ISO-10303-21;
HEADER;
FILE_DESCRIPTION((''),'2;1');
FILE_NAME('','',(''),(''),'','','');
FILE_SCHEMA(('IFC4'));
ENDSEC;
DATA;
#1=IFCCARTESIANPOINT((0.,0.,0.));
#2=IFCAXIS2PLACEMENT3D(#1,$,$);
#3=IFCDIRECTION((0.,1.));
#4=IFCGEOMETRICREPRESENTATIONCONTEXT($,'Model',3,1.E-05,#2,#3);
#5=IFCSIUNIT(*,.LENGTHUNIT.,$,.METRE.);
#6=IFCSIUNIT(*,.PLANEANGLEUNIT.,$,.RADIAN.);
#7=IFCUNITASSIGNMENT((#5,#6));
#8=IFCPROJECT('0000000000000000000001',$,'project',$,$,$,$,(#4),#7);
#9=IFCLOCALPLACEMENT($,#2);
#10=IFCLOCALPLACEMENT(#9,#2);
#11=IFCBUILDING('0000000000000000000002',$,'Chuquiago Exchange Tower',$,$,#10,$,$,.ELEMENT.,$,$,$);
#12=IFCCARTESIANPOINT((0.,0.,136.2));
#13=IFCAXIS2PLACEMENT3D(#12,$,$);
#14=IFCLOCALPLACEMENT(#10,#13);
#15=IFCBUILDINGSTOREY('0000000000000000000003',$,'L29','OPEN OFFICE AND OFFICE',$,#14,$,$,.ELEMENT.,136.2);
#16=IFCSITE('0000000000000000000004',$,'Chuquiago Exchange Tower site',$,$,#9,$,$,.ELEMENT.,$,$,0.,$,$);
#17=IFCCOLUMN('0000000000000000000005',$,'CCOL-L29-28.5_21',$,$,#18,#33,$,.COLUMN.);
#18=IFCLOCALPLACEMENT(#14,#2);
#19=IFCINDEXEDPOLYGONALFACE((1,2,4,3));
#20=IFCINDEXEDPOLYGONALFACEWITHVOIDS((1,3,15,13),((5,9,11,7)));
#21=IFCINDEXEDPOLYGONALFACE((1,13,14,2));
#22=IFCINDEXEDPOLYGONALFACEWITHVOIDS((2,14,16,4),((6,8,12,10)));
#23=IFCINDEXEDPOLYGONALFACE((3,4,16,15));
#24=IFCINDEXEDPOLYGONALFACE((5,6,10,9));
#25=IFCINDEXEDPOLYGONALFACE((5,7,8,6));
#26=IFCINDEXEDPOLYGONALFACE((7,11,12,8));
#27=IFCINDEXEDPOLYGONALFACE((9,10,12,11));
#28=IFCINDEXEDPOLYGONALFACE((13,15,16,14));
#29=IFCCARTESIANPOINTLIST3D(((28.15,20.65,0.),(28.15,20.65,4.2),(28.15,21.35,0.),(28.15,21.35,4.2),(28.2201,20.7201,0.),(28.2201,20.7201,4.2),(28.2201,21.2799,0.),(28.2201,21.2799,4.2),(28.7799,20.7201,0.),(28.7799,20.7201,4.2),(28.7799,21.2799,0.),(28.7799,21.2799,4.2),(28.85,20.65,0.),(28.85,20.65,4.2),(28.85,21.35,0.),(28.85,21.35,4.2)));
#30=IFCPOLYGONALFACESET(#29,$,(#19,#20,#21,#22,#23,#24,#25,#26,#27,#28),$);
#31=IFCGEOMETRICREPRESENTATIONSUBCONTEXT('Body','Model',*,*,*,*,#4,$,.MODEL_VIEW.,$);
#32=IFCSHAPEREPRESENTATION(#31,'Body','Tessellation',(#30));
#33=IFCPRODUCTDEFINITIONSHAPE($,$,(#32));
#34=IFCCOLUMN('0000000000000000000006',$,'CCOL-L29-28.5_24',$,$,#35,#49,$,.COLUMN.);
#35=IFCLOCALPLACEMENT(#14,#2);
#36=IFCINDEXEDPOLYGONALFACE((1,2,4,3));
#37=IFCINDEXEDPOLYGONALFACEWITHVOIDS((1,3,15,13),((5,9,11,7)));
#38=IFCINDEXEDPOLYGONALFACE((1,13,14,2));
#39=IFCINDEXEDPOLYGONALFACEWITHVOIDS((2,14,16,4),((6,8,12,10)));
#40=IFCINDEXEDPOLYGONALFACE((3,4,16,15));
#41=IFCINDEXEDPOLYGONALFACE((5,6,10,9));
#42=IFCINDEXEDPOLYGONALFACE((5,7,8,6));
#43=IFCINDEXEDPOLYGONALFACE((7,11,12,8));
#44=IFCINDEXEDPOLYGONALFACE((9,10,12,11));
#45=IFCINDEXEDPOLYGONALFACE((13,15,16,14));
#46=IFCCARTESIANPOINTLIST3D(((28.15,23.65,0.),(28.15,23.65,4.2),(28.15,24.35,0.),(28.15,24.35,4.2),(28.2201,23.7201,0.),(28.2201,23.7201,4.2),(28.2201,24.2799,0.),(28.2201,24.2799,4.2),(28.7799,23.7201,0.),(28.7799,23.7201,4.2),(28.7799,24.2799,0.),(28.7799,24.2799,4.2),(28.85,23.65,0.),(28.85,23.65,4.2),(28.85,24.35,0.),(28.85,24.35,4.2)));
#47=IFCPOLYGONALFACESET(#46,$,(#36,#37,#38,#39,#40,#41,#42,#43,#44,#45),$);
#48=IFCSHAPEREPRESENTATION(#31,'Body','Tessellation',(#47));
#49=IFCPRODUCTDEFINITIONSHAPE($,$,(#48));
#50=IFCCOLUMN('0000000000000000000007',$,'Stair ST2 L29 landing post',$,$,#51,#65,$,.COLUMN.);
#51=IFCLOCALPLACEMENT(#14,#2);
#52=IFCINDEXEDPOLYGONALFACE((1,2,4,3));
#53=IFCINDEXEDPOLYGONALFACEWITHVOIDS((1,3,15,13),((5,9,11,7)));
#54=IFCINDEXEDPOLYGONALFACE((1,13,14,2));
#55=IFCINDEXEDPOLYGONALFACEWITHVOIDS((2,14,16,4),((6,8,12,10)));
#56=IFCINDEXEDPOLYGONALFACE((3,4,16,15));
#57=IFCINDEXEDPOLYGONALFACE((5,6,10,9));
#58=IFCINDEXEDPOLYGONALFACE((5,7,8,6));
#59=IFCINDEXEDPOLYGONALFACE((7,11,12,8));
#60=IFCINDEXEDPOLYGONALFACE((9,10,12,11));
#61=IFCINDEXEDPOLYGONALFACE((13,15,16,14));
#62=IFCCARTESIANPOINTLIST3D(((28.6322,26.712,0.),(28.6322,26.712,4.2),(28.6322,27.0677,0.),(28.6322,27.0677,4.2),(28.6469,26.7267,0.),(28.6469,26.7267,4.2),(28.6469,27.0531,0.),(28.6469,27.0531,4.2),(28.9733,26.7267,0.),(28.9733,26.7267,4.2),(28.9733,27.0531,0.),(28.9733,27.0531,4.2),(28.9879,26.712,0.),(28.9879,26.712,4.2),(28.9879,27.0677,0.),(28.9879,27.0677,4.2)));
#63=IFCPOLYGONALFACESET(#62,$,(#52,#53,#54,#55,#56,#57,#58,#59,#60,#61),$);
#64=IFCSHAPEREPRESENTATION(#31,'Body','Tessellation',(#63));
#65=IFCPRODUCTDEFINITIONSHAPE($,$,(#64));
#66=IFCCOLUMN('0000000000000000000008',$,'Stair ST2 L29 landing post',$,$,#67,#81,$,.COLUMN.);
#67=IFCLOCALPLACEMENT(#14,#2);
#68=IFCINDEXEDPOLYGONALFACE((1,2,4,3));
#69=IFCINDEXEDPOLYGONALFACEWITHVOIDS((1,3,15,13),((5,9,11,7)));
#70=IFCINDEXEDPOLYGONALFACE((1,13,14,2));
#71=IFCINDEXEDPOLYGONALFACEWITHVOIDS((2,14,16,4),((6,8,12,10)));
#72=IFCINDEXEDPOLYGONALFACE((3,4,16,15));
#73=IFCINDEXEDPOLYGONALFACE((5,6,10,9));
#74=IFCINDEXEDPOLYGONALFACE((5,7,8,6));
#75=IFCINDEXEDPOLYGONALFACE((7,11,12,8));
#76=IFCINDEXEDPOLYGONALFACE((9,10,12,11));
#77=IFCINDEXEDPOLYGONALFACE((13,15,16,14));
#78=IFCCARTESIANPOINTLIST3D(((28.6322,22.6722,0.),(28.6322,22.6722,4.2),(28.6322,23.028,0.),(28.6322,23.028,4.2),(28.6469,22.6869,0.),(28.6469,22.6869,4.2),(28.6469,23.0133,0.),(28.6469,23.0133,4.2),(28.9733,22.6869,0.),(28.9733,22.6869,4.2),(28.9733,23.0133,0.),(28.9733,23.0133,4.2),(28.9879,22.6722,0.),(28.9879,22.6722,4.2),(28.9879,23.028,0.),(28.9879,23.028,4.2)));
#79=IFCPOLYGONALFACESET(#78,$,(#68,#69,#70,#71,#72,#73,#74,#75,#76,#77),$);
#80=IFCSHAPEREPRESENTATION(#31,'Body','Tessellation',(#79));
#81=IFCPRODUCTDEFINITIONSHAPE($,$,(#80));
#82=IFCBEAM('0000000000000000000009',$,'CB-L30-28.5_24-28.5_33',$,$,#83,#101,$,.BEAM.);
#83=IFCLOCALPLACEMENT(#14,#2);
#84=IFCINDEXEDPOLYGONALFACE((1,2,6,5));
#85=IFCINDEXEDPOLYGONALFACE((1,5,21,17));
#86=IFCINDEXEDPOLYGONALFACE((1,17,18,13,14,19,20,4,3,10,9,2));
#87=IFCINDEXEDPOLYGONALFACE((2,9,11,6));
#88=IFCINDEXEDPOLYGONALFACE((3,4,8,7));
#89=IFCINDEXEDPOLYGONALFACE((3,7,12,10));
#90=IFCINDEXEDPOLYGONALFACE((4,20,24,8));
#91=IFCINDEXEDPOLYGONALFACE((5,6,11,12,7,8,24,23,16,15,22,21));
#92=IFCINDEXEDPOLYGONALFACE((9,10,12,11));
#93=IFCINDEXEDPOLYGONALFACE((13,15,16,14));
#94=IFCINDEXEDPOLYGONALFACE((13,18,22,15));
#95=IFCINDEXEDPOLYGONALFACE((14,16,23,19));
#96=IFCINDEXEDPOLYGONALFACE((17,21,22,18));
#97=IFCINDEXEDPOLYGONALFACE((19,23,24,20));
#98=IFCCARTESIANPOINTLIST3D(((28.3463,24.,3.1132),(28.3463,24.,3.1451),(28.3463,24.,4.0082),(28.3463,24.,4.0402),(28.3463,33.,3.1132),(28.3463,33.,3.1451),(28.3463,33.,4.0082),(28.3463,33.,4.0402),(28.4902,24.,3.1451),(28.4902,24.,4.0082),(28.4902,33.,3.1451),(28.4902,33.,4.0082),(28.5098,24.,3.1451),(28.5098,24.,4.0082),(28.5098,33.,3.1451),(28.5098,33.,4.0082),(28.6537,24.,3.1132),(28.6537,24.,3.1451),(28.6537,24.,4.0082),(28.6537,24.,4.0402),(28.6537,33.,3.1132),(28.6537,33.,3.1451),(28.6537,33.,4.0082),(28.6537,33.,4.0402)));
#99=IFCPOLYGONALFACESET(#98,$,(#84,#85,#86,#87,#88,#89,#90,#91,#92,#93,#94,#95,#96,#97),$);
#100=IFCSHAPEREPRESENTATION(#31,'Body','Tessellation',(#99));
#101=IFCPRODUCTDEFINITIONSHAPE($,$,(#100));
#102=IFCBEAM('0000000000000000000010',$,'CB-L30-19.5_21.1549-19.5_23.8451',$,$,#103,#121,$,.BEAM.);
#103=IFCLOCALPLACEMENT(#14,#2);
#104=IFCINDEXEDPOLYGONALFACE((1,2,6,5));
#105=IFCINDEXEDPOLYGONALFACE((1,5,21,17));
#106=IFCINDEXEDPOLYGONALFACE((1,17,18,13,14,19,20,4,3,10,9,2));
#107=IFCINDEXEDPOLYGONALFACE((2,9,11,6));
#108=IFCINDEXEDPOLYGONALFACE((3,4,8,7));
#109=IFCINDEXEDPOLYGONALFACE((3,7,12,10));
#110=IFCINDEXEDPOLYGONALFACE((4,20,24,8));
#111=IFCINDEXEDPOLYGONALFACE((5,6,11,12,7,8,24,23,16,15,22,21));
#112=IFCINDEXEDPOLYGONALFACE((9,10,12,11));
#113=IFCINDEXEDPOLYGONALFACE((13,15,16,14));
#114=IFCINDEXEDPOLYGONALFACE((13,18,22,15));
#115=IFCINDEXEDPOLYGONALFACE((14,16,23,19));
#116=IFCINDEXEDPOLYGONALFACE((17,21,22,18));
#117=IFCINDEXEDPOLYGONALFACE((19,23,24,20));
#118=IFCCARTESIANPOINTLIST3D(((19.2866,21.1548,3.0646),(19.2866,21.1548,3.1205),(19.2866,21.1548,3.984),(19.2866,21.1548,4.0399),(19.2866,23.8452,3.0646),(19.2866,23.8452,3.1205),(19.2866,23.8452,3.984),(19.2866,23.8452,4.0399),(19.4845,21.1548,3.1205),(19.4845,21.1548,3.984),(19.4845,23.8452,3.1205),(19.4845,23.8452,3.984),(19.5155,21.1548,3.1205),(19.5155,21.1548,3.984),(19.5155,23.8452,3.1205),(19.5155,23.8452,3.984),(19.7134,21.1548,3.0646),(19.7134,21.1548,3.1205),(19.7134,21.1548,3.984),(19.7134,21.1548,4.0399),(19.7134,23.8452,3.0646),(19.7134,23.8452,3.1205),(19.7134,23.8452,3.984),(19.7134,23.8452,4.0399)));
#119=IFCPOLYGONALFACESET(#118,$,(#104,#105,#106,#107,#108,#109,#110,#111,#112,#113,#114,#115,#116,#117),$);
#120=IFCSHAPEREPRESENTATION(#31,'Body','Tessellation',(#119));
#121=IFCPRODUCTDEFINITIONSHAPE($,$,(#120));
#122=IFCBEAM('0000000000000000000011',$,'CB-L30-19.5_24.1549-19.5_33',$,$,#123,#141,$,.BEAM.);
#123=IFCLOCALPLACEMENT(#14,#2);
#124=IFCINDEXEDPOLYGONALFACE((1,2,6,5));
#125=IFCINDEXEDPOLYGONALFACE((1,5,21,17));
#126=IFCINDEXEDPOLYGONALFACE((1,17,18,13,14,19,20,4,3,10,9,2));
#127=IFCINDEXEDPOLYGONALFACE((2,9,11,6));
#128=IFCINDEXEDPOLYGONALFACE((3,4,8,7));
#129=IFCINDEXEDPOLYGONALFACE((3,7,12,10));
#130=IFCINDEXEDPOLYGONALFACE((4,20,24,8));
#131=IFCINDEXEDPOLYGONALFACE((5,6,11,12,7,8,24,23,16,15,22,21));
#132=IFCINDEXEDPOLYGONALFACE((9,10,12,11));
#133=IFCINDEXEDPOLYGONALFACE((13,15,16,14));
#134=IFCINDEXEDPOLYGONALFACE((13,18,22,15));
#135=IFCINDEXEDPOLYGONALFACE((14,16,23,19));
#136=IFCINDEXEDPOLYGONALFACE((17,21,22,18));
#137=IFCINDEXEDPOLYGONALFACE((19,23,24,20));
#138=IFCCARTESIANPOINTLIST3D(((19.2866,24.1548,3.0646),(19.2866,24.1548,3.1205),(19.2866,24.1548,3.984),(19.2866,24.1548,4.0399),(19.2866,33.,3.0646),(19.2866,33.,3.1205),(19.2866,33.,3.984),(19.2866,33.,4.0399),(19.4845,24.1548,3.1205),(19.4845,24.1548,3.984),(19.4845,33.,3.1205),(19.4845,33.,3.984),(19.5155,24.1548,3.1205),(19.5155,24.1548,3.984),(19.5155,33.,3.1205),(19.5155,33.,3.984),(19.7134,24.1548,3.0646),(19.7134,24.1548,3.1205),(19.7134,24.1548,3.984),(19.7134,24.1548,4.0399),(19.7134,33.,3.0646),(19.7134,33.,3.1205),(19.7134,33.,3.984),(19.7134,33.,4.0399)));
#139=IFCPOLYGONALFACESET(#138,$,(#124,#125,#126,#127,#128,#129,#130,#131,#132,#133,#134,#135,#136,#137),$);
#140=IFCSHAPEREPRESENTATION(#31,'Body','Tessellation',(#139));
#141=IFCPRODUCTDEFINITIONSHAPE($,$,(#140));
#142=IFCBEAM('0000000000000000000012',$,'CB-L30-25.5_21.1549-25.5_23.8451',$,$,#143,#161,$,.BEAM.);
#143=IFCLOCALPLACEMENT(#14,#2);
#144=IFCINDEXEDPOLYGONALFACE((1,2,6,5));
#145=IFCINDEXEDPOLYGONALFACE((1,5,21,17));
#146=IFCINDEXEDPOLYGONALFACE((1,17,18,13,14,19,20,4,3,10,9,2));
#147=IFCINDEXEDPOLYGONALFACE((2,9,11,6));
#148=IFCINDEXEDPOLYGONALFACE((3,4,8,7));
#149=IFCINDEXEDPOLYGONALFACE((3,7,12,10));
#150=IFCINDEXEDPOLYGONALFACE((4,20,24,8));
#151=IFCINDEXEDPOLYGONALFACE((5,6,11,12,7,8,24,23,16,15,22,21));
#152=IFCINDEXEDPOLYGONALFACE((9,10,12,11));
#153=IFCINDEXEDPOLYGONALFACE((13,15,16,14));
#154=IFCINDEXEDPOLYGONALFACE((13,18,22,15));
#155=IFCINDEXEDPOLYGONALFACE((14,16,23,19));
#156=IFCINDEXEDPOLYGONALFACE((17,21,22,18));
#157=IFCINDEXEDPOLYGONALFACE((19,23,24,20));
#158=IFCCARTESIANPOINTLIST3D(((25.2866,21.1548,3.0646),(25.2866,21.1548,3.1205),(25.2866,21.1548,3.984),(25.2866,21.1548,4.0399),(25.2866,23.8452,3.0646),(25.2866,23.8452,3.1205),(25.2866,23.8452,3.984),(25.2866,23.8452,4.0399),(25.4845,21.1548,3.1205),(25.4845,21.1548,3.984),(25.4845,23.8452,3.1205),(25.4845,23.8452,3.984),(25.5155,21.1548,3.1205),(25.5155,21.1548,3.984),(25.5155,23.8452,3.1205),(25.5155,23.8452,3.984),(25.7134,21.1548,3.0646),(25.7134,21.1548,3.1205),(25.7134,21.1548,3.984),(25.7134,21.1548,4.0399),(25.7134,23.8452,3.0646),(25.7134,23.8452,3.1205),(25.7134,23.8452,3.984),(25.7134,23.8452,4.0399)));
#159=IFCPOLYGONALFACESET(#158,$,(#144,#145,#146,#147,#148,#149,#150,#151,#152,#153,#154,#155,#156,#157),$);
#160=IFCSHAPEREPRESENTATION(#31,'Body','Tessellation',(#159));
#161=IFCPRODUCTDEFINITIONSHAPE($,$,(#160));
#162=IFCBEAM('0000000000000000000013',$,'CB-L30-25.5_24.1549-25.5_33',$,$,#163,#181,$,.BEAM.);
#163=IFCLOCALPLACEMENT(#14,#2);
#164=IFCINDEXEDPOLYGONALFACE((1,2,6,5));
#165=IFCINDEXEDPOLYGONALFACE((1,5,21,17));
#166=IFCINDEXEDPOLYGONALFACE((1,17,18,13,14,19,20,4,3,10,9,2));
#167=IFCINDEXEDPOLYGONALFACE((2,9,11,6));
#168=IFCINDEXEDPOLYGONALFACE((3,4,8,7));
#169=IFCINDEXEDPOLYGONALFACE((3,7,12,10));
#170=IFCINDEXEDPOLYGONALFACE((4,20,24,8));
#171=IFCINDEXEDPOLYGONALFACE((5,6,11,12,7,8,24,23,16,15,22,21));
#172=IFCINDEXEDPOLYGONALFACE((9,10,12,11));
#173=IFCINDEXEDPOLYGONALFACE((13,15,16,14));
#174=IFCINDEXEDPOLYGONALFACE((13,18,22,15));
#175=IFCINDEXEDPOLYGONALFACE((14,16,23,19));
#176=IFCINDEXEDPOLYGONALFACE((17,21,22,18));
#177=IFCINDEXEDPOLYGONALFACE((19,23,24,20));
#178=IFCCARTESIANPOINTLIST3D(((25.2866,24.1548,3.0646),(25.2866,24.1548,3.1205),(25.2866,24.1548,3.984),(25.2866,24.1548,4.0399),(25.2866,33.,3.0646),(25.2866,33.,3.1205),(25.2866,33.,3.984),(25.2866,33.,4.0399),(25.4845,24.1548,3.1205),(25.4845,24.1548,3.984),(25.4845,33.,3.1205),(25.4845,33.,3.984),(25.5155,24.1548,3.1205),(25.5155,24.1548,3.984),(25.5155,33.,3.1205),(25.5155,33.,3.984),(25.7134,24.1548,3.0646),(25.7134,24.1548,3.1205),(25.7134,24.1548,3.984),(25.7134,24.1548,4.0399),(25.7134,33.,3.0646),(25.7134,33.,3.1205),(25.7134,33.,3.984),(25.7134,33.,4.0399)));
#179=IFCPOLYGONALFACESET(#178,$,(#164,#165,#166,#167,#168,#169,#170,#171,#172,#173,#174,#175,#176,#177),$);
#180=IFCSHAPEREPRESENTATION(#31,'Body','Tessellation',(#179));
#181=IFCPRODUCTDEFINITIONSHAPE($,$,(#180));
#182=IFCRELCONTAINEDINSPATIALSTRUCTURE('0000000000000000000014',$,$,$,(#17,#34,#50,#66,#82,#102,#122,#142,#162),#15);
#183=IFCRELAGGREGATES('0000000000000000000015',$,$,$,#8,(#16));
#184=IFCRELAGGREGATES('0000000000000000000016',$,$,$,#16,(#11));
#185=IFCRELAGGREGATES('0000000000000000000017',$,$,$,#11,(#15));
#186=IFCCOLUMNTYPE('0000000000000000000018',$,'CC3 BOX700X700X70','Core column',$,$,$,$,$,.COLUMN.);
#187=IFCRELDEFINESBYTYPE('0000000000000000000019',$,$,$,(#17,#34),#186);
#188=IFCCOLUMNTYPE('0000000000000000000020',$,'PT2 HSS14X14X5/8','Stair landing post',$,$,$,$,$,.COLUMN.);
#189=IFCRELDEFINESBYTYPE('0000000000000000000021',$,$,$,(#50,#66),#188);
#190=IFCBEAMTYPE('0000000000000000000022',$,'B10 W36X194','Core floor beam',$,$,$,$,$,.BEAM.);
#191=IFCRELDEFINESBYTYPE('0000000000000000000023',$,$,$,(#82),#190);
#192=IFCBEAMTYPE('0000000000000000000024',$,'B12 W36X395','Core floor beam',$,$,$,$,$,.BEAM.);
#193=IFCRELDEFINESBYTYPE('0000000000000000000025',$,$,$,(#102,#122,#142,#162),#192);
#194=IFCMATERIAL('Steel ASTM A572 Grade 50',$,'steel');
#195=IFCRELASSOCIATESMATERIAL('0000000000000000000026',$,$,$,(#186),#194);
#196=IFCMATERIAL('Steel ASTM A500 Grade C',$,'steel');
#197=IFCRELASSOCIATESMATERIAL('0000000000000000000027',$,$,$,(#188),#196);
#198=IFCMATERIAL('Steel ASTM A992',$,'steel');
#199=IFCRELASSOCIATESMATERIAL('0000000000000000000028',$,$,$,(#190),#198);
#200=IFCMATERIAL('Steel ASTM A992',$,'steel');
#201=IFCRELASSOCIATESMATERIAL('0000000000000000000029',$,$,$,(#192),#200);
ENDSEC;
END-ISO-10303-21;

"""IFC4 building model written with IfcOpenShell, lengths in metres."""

from ifc_helpers import new_model, si_unit, direction, frame, origin, origin_2d, place, context, subcontext, project, spatial, hollow_rectangle, i_section, extrude, material, material_profile, profile_set, type_object, element, save


model = new_model("IFC4")

# Units and contexts
model_context = context("Model", 3, precision=1e-05, world=origin(), true_north=direction((0.0, 1.0)))
body_context = subcontext(model_context, "Body", "Model", "MODEL_VIEW")
ifc_project = project(units=[si_unit("LENGTHUNIT", "METRE"), si_unit("PLANEANGLEUNIT", "RADIAN")], contexts=[model_context])

# Site, building, storey
site_placement = place(None, origin())
site = spatial("IfcSite", under=ifc_project, at=site_placement, Name="Chuquiago Exchange Tower site", CompositionType="ELEMENT", RefElevation=0.0)
building_placement = place(site_placement, origin())
building = spatial("IfcBuilding", under=site, at=building_placement, Name="Chuquiago Exchange Tower", CompositionType="ELEMENT")
storey_placement = place(building_placement, frame((0.0, 0.0, 136.2)))
storey = spatial("IfcBuildingStorey", under=building, at=storey_placement, Name="L29", Description="OPEN OFFICE AND OFFICE", CompositionType="ELEMENT", Elevation=136.2)

# Columns
ifc_material_1 = material(Name="Steel ASTM A572 Grade 50", Category="steel")
ifc_material_profile_1 = material_profile(ifc_material_1, hollow_rectangle(XDim=0.7, YDim=0.7, WallThickness=0.0701, at=origin_2d()), Name="BOX700X700X70")
ifc_profile_set_1 = profile_set([ifc_material_profile_1], Name="Steel ASTM A572 Grade 50")
column_type_1 = type_object("IfcColumnType", Name="CC3 BOX700X700X70", Description="Core column", PredefinedType="COLUMN", material=ifc_profile_set_1)
for number, where, z_axis, x_axis, name in (
    (1, (28.5, 21.0, 0.0), (0.0, 0.0, 1.0), (1.0, 0.0, 0.0), "CCOL-L29-28.5_21"),
    (2, (28.5, 24.0, 0.0), (0.0, 0.0, 1.0), (1.0, 0.0, 0.0), "CCOL-L29-28.5_24"),
):
    element("IfcColumn", number, at=place(storey_placement, frame(where, z_axis=z_axis, x_axis=x_axis)), inside=storey, type_object=column_type_1, Name=name, PredefinedType="COLUMN", context=body_context, shape_type="SweptSolid", body=[
        extrude(hollow_rectangle(XDim=0.7, YDim=0.7, WallThickness=0.0701, at=origin_2d()), origin(), (0.0, 0.0, 1.0), 4.2),
    ])
ifc_material_2 = material(Name="Steel ASTM A500 Grade C", Category="steel")
ifc_material_profile_2 = material_profile(ifc_material_2, hollow_rectangle(XDim=0.3557, YDim=0.3557, WallThickness=0.0146, at=origin_2d()), Name="HSS14X14X5/8")
ifc_profile_set_2 = profile_set([ifc_material_profile_2], Name="Steel ASTM A500 Grade C")
column_type_2 = type_object("IfcColumnType", Name="PT2 HSS14X14X5/8", Description="Stair landing post", PredefinedType="COLUMN", material=ifc_profile_set_2)
for number, where, z_axis, x_axis, name in (
    (3, (28.8101, 26.8899, 0.0), (0.0, 0.0, 1.0), (1.0, 0.0, 0.0), "Stair ST2 L29 landing post"),
    (4, (28.8101, 22.8501, 0.0), (0.0, 0.0, 1.0), (1.0, 0.0, 0.0), "Stair ST2 L29 landing post"),
):
    element("IfcColumn", number, at=place(storey_placement, frame(where, z_axis=z_axis, x_axis=x_axis)), inside=storey, type_object=column_type_2, Name=name, PredefinedType="COLUMN", context=body_context, shape_type="SweptSolid", body=[
        extrude(hollow_rectangle(XDim=0.3557, YDim=0.3557, WallThickness=0.0146, at=origin_2d()), origin(), (0.0, 0.0, 1.0), 4.2),
    ])

# Beams
ifc_material_3 = material(Name="Steel ASTM A992", Category="steel")
ifc_material_profile_3 = material_profile(ifc_material_3, i_section(OverallWidth=0.3074, OverallDepth=0.927, WebThickness=0.0195, FlangeThickness=0.032, at=origin_2d()), Name="W36X194")
ifc_profile_set_3 = profile_set([ifc_material_profile_3], Name="Steel ASTM A992")
beam_type_1 = type_object("IfcBeamType", Name="B10 W36X194", Description="Core floor beam", PredefinedType="BEAM", material=ifc_profile_set_3)
beam_1_placement = place(storey_placement, frame((28.5, 24.0, 3.5767), z_axis=(0.0, 1.0, 0.0), x_axis=(-1.0, 0.0, 0.0)))
element("IfcBeam", 5, at=beam_1_placement, inside=storey, type_object=beam_type_1, Name="CB-L30-28.5_24-28.5_33", PredefinedType="BEAM", context=body_context, shape_type="SweptSolid", body=[
    extrude(i_section(OverallWidth=0.3074, OverallDepth=0.927, WebThickness=0.0195, FlangeThickness=0.032, at=origin_2d()), origin(), (0.0, 0.0, 1.0), 9.0),
])
ifc_material_4 = material(Name="Steel ASTM A992", Category="steel")
ifc_material_profile_4 = material_profile(ifc_material_4, i_section(OverallWidth=0.4268, OverallDepth=0.9753, WebThickness=0.031, FlangeThickness=0.0559, at=origin_2d()), Name="W36X395")
ifc_profile_set_4 = profile_set([ifc_material_profile_4], Name="Steel ASTM A992")
beam_type_2 = type_object("IfcBeamType", Name="B12 W36X395", Description="Core floor beam", PredefinedType="BEAM", material=ifc_profile_set_4)
beam_2_placement = place(storey_placement, frame((19.5, 21.1548, 3.5522), z_axis=(0.0, 1.0, 0.0), x_axis=(-1.0, 0.0, 0.0)))
element("IfcBeam", 6, at=beam_2_placement, inside=storey, type_object=beam_type_2, Name="CB-L30-19.5_21.1549-19.5_23.8451", PredefinedType="BEAM", context=body_context, shape_type="SweptSolid", body=[
    extrude(i_section(OverallWidth=0.4268, OverallDepth=0.9753, WebThickness=0.031, FlangeThickness=0.0559, at=origin_2d()), origin(), (0.0, 0.0, 1.0), 2.6904),
])
beam_3_placement = place(storey_placement, frame((19.5, 24.1548, 3.5522), z_axis=(0.0, 1.0, 0.0), x_axis=(-1.0, 0.0, 0.0)))
element("IfcBeam", 7, at=beam_3_placement, inside=storey, type_object=beam_type_2, Name="CB-L30-19.5_24.1549-19.5_33", PredefinedType="BEAM", context=body_context, shape_type="SweptSolid", body=[
    extrude(i_section(OverallWidth=0.4268, OverallDepth=0.9753, WebThickness=0.031, FlangeThickness=0.0559, at=origin_2d()), origin(), (0.0, 0.0, 1.0), 8.8452),
])
beam_4_placement = place(storey_placement, frame((25.5, 21.1548, 3.5522), z_axis=(0.0, 1.0, 0.0), x_axis=(-1.0, 0.0, 0.0)))
element("IfcBeam", 8, at=beam_4_placement, inside=storey, type_object=beam_type_2, Name="CB-L30-25.5_21.1549-25.5_23.8451", PredefinedType="BEAM", context=body_context, shape_type="SweptSolid", body=[
    extrude(i_section(OverallWidth=0.4268, OverallDepth=0.9753, WebThickness=0.031, FlangeThickness=0.0559, at=origin_2d()), origin(), (0.0, 0.0, 1.0), 2.6904),
])
beam_5_placement = place(storey_placement, frame((25.5, 24.1548, 3.5522), z_axis=(0.0, 1.0, 0.0), x_axis=(-1.0, 0.0, 0.0)))
element("IfcBeam", 9, at=beam_5_placement, inside=storey, type_object=beam_type_2, Name="CB-L30-25.5_24.1549-25.5_33", PredefinedType="BEAM", context=body_context, shape_type="SweptSolid", body=[
    extrude(i_section(OverallWidth=0.4268, OverallDepth=0.9753, WebThickness=0.031, FlangeThickness=0.0559, at=origin_2d()), origin(), (0.0, 0.0, 1.0), 8.8452),
])

save(model, "model.ifc")
